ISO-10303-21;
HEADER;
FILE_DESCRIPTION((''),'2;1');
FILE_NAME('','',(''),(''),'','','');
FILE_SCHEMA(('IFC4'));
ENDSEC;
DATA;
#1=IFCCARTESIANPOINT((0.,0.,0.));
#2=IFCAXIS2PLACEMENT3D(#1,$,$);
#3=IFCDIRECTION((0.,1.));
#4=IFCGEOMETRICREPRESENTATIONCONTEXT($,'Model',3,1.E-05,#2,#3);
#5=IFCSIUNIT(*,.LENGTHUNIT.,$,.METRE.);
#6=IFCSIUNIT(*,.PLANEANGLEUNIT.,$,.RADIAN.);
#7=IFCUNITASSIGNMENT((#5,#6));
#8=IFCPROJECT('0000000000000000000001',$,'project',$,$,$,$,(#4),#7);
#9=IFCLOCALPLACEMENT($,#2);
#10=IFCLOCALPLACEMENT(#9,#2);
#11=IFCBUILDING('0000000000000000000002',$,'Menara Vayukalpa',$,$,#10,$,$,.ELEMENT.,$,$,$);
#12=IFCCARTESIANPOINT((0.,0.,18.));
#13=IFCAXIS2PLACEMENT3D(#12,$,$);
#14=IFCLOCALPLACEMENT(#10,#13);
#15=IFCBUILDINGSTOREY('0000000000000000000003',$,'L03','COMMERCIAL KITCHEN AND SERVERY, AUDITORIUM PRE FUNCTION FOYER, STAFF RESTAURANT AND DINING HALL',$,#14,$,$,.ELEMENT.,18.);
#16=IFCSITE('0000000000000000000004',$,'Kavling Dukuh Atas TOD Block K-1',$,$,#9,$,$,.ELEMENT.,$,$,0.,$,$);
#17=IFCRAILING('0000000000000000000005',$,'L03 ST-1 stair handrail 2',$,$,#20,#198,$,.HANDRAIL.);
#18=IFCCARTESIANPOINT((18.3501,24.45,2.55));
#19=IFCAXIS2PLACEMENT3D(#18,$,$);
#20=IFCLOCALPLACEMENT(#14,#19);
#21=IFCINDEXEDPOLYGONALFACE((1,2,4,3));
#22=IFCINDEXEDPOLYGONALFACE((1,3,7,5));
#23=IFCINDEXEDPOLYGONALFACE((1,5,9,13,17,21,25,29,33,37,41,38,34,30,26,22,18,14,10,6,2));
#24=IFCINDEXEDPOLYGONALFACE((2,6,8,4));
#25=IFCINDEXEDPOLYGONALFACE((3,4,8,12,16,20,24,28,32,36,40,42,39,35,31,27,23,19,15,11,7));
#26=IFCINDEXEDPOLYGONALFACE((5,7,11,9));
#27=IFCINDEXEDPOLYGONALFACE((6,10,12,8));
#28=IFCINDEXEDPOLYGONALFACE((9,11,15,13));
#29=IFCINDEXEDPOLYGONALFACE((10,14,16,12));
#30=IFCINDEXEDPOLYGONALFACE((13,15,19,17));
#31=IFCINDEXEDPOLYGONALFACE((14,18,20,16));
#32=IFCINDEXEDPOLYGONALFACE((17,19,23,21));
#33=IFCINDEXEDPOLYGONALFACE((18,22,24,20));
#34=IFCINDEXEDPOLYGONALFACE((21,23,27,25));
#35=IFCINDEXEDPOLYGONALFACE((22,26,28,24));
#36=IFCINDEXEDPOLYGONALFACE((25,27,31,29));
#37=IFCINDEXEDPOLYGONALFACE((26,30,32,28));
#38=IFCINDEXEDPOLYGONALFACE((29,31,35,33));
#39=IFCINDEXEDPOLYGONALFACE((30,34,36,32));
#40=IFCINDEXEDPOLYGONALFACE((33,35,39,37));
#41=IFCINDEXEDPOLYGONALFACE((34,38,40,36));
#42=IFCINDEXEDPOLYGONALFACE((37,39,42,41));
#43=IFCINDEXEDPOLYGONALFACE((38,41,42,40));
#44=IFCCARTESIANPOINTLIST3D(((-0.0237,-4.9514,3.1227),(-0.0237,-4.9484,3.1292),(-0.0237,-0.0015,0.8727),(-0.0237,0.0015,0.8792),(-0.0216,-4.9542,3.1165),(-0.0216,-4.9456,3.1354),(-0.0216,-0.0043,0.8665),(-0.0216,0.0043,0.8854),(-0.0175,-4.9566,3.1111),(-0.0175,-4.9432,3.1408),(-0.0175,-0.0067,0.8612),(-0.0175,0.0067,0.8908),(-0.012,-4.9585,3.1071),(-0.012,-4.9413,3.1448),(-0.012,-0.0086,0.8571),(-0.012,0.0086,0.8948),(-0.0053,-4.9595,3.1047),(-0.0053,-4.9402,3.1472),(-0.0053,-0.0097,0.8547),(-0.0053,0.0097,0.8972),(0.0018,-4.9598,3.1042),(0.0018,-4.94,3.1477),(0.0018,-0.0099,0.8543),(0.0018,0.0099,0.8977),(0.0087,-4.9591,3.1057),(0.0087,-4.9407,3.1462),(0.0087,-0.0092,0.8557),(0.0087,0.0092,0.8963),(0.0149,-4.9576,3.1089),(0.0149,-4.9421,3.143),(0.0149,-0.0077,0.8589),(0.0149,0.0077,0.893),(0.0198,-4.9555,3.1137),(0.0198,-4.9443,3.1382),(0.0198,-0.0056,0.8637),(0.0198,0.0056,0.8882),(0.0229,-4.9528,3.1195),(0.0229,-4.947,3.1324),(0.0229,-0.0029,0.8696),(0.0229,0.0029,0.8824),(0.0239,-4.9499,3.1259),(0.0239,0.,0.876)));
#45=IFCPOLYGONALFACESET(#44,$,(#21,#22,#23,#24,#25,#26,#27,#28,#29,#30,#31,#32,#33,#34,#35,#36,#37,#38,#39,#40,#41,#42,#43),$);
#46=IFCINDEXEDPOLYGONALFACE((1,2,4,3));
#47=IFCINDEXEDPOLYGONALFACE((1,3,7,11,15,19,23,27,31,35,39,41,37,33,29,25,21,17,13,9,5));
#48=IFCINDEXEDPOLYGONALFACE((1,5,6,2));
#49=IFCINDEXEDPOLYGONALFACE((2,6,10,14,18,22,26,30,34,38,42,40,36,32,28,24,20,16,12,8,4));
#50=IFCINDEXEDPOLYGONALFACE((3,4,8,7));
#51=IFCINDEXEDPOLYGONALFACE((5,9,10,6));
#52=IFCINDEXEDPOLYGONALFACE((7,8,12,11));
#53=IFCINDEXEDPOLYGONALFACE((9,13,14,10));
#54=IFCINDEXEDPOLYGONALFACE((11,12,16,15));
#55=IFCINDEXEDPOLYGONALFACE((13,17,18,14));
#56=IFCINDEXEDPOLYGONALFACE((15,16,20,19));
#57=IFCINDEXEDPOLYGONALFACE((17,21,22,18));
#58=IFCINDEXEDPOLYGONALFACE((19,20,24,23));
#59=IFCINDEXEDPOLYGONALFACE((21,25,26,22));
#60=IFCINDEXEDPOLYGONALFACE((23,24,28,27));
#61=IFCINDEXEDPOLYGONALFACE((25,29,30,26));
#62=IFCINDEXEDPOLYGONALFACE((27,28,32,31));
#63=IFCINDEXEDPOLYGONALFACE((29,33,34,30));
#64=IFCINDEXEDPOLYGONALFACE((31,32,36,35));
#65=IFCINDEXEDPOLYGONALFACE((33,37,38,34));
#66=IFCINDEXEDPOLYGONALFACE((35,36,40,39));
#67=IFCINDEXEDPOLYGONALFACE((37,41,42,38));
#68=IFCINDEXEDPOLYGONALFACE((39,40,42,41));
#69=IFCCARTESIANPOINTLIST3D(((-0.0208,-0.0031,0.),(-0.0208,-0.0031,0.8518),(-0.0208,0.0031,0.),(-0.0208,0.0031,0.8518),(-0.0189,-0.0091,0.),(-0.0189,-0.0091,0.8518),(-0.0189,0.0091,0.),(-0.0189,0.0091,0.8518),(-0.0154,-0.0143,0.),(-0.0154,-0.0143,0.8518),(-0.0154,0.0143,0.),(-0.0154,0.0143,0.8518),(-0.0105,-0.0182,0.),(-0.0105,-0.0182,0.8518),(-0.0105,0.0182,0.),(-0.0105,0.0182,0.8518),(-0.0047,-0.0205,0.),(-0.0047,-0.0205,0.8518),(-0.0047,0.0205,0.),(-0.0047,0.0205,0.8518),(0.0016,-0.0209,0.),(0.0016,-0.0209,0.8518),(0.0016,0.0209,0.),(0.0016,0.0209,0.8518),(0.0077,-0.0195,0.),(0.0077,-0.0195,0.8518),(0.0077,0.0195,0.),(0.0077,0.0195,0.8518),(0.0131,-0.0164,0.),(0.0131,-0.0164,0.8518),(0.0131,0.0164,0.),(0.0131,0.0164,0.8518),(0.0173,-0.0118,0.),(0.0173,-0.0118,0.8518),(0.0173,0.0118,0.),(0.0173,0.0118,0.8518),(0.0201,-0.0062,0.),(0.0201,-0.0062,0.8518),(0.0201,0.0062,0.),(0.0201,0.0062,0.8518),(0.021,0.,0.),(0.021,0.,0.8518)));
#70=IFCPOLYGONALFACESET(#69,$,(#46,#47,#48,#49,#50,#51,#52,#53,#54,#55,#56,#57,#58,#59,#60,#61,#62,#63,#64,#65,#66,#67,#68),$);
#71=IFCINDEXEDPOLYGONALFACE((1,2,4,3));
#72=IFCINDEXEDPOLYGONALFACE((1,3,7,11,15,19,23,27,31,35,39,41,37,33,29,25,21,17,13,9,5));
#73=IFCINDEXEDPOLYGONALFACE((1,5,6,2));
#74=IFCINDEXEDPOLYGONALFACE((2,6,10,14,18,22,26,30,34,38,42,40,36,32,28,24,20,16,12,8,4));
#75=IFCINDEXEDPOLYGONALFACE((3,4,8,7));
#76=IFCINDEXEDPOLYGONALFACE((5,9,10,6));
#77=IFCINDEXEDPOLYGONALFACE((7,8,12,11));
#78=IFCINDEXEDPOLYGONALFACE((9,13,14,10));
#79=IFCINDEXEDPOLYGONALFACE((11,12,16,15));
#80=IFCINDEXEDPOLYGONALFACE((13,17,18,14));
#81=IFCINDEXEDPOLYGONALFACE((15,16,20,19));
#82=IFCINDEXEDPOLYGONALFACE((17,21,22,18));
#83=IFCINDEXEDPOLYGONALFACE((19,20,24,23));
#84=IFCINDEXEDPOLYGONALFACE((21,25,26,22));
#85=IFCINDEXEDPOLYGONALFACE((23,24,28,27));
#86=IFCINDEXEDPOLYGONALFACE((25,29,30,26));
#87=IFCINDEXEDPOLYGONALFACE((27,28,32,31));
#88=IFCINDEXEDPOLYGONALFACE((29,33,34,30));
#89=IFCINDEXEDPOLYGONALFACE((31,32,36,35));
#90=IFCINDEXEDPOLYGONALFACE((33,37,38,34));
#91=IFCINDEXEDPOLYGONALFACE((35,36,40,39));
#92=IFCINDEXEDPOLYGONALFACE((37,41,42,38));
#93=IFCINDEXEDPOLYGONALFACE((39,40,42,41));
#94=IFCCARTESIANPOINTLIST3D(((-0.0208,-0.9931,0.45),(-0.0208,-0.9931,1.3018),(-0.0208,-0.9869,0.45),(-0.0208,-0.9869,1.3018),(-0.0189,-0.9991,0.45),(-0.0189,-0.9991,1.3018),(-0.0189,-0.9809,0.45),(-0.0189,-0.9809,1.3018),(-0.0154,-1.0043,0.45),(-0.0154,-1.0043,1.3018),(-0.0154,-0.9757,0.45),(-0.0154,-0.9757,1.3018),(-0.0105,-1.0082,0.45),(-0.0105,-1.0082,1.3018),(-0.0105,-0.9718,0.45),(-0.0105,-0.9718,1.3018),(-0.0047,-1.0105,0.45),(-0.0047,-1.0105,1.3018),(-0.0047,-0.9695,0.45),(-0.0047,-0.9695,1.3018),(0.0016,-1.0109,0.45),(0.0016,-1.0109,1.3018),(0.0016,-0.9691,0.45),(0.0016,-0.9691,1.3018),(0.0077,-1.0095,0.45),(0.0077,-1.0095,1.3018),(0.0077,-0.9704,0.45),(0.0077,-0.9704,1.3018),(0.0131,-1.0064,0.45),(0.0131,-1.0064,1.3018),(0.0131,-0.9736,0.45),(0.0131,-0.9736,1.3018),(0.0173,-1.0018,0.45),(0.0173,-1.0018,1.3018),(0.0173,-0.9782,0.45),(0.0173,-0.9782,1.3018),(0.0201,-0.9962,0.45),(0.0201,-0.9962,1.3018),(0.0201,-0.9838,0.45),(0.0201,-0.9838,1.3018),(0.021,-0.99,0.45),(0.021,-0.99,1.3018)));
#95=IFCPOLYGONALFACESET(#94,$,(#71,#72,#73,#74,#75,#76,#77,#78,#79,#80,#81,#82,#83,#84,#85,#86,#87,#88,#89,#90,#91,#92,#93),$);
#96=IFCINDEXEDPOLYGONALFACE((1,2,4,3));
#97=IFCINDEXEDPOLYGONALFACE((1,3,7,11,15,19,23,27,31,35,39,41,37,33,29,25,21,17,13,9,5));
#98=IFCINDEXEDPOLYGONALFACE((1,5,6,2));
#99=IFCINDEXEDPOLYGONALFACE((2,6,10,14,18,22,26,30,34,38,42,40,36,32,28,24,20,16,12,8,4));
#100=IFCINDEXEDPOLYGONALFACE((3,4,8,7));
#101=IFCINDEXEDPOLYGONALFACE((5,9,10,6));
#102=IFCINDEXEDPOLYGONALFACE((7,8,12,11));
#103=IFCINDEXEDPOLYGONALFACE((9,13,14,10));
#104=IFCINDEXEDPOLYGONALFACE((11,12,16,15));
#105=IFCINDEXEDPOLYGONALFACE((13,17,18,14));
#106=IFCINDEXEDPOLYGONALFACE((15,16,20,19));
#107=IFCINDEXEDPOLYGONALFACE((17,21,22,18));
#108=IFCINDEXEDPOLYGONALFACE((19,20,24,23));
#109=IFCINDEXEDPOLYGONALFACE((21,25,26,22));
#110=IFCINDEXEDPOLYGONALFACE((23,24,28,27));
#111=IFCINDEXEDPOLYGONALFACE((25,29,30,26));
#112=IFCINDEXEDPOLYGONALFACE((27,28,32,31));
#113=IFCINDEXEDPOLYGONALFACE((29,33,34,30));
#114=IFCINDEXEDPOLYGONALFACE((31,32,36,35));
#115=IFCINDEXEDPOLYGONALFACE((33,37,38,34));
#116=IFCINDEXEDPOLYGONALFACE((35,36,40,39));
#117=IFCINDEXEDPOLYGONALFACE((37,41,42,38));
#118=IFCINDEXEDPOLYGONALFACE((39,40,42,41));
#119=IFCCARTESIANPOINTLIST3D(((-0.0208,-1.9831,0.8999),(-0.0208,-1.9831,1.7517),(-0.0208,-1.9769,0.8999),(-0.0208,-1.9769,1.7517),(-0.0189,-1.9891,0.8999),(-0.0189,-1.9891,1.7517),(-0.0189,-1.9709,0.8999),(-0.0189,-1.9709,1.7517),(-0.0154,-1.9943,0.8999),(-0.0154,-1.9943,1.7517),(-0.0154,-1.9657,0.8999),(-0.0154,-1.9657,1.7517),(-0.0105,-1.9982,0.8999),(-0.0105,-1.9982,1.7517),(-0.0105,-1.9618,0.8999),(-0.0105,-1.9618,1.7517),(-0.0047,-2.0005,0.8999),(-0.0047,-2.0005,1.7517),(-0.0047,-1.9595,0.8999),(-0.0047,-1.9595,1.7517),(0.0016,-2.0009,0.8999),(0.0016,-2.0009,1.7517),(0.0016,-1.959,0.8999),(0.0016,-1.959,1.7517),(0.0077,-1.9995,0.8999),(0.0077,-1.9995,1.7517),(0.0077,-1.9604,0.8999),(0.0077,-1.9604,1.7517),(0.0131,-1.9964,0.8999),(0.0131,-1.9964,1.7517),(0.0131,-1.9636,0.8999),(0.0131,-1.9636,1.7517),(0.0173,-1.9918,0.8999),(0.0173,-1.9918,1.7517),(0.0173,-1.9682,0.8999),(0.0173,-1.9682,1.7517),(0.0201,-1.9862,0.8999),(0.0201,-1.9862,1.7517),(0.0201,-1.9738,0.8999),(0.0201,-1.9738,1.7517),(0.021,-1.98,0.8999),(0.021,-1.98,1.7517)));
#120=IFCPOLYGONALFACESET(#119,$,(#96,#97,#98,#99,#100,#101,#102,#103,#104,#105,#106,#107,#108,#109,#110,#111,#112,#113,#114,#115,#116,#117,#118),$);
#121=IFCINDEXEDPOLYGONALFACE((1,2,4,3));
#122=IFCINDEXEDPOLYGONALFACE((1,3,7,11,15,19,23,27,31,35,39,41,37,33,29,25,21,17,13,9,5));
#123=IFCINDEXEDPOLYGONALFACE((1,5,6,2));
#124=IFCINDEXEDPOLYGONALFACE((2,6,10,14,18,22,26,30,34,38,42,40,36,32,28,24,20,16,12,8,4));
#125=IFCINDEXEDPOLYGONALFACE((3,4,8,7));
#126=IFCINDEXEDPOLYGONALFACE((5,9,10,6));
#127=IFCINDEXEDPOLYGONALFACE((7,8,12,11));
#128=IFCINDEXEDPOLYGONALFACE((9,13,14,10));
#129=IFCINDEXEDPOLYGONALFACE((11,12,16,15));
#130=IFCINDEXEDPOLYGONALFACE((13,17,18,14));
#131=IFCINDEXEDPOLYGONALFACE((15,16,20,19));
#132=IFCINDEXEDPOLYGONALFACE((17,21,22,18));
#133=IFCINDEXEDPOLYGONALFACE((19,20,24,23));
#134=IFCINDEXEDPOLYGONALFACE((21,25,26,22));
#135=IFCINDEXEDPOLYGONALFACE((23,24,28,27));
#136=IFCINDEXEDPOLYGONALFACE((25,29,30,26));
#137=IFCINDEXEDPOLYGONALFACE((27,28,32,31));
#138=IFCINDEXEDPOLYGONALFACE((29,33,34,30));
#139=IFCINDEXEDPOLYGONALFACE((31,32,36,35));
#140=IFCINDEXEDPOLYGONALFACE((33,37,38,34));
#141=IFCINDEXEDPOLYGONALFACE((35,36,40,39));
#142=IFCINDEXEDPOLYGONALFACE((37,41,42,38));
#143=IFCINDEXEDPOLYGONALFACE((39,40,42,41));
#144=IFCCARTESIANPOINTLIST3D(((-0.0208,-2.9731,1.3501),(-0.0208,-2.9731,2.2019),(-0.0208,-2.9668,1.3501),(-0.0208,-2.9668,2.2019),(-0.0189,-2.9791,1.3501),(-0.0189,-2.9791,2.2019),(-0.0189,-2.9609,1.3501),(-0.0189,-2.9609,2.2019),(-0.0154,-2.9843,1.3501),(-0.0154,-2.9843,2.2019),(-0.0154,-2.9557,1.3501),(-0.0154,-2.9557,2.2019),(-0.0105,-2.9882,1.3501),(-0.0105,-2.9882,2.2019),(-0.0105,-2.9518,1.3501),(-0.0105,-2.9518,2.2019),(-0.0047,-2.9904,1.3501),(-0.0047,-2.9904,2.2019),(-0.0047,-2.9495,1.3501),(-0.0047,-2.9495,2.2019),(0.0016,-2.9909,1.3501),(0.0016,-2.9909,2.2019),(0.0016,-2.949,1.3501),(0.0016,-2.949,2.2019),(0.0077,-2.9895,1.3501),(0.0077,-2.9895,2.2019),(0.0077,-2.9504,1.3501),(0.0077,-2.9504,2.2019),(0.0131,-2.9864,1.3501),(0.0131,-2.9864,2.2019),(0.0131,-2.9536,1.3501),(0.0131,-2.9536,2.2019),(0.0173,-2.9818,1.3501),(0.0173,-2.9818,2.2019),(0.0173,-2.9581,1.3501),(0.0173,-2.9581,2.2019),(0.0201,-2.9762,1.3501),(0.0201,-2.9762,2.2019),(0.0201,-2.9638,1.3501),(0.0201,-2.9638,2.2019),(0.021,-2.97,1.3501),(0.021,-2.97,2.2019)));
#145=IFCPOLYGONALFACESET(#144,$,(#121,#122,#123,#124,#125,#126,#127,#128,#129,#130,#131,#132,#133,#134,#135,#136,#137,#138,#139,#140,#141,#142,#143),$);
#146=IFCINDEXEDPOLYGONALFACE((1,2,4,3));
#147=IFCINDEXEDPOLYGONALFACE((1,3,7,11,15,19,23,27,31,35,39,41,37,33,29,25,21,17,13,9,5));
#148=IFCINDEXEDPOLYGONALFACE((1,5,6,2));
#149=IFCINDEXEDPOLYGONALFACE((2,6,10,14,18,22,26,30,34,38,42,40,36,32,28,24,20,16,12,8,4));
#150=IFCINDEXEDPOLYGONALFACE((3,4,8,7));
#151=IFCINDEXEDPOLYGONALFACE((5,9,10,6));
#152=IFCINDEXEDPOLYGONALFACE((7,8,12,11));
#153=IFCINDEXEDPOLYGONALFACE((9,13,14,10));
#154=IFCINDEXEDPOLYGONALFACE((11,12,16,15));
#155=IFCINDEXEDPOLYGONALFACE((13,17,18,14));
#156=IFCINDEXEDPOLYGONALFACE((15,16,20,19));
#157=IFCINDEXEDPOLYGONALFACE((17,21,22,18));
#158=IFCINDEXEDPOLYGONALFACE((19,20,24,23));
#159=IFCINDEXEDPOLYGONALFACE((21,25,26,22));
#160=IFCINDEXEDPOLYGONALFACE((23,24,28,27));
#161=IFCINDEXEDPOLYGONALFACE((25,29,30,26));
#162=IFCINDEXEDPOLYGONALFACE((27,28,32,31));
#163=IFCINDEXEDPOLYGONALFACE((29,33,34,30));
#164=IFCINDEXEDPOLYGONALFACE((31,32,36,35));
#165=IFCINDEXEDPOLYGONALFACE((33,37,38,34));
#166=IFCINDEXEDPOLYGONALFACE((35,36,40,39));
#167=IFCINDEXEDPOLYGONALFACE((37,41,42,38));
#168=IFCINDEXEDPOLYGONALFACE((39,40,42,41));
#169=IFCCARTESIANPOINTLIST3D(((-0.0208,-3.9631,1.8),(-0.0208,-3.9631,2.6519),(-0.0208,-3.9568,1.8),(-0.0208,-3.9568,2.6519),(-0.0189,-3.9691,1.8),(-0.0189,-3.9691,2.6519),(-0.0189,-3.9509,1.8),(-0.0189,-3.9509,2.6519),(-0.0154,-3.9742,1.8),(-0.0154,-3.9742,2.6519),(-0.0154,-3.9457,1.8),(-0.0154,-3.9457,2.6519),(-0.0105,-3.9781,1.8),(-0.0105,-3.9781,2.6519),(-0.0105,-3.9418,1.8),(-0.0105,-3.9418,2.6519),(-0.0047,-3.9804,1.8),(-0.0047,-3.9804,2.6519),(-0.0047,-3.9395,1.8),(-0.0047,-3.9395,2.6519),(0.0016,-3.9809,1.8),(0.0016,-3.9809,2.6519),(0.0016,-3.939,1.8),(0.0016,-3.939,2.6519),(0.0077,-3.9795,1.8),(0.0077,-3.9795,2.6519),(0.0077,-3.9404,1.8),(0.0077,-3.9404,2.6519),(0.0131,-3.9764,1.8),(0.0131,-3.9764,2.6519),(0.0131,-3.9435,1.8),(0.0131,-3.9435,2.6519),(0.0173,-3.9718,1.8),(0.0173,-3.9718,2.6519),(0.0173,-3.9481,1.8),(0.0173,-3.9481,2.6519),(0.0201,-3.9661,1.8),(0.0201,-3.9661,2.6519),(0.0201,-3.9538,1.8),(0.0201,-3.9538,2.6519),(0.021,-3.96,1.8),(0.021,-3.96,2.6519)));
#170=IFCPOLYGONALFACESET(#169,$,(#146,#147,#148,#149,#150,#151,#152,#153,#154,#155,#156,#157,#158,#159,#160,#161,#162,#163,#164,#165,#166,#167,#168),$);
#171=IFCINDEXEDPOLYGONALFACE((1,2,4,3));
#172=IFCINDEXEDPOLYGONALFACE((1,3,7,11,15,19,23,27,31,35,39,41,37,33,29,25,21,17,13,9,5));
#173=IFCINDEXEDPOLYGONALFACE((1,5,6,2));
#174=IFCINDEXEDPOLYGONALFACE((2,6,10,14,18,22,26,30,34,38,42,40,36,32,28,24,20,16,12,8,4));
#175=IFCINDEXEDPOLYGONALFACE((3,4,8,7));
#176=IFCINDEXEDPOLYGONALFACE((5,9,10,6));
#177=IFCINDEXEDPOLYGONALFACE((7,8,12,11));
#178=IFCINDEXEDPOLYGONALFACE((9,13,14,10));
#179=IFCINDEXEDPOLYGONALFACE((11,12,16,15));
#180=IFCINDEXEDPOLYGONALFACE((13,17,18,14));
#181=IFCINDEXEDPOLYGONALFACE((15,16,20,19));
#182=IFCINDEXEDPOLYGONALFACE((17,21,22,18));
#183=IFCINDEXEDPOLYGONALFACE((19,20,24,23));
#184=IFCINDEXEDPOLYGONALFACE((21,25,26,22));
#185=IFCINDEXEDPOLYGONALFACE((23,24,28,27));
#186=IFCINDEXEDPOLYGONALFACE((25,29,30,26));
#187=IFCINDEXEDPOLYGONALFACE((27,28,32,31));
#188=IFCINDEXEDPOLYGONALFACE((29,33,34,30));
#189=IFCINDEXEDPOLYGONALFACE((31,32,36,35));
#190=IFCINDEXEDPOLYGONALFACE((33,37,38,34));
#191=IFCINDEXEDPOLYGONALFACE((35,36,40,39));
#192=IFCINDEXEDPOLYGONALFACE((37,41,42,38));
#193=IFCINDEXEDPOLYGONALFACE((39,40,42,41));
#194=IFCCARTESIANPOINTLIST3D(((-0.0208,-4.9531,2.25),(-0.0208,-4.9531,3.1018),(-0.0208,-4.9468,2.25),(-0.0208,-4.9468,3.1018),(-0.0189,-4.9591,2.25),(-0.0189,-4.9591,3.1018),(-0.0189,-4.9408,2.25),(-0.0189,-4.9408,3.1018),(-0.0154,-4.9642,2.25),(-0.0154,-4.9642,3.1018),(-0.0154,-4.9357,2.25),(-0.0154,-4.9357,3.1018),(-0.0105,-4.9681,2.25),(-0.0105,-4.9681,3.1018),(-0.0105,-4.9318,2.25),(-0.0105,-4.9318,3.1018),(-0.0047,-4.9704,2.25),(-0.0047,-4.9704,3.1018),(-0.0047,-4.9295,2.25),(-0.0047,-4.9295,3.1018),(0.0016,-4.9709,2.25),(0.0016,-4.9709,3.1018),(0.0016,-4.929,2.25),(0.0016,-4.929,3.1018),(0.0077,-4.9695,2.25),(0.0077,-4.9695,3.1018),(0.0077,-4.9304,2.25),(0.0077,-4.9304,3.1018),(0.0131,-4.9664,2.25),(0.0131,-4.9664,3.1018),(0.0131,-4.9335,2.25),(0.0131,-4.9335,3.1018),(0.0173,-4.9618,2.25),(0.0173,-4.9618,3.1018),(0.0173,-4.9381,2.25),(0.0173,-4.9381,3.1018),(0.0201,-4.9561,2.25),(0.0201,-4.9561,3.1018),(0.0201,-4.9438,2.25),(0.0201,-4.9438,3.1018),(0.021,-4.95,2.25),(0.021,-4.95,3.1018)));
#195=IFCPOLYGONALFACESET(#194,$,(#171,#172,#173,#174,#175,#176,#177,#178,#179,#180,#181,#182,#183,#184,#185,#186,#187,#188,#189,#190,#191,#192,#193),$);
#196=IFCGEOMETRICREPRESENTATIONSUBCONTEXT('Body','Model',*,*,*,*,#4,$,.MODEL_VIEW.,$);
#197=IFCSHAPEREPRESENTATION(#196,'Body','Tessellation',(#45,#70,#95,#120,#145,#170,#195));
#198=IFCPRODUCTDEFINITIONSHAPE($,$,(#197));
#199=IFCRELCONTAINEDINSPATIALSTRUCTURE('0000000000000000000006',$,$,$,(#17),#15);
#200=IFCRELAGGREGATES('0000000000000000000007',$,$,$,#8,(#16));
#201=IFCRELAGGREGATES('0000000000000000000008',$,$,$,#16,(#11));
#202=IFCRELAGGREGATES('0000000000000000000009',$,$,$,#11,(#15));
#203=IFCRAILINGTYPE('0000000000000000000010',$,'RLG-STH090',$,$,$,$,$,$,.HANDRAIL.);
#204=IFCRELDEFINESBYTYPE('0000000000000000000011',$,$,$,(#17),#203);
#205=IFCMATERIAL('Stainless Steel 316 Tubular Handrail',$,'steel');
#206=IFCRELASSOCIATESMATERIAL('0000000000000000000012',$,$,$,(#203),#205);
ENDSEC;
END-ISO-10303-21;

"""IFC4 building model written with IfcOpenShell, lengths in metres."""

from ifc_helpers import new_model, si_unit, direction, frame, origin, origin_2d, place, context, subcontext, project, spatial, circle, extrude, material, type_object, element, save


model = new_model("IFC4")

# Units and contexts
model_context = context("Model", 3, precision=1e-05, world=origin(), true_north=direction((0.0, 1.0)))
body_context = subcontext(model_context, "Body", "Model", "MODEL_VIEW")
ifc_project = project(units=[si_unit("LENGTHUNIT", "METRE"), si_unit("PLANEANGLEUNIT", "RADIAN")], contexts=[model_context])

# Site, building, storey
site_placement = place(None, origin())
site = spatial("IfcSite", under=ifc_project, at=site_placement, Name="Kavling Dukuh Atas TOD Block K-1", CompositionType="ELEMENT", RefElevation=0.0)
building_placement = place(site_placement, origin())
building = spatial("IfcBuilding", under=site, at=building_placement, Name="Menara Vayukalpa", CompositionType="ELEMENT")
storey_placement = place(building_placement, frame((0.0, 0.0, 18.0)))
storey = spatial("IfcBuildingStorey", under=building, at=storey_placement, Name="L03", Description="COMMERCIAL KITCHEN AND SERVERY, AUDITORIUM PRE FUNCTION FOYER, STAFF RESTAURANT AND DINING HALL", CompositionType="ELEMENT", Elevation=18.0)

# Railing
ifc_material_1 = material(Name="Stainless Steel 316 Tubular Handrail", Category="steel")
railing_type_1 = type_object("IfcRailingType", Name="RLG-STH090", PredefinedType="HANDRAIL", material=ifc_material_1)
railing_1_placement = place(storey_placement, frame((18.3501, 24.45, 2.55)))
element("IfcRailing", 1, at=railing_1_placement, inside=storey, type_object=railing_type_1, Name="L03 ST-1 stair handrail 2", PredefinedType="HANDRAIL", context=body_context, shape_type="SweptSolid", body=[
    extrude(circle(Radius=0.0239, at=origin_2d()), frame((0.0, 0.0, 0.876), z_axis=(0.0, -0.910365, 0.413806), x_axis=(1.0, 0.0, 0.0)), (0.0, 0.0, 1.0), 5.4373),
    extrude(circle(Radius=0.021, at=origin_2d()), origin(), (0.0, 0.0, 1.0), 0.8518),
    extrude(circle(Radius=0.021, at=origin_2d()), frame((0.0, -0.99, 0.45)), (0.0, 0.0, 1.0), 0.8518),
    extrude(circle(Radius=0.021, at=origin_2d()), frame((0.0, -1.98, 0.8999)), (0.0, 0.0, 1.0), 0.8518),
    extrude(circle(Radius=0.021, at=origin_2d()), frame((0.0, -2.97, 1.3501)), (0.0, 0.0, 1.0), 0.8518),
    extrude(circle(Radius=0.021, at=origin_2d()), frame((0.0, -3.96, 1.8)), (0.0, 0.0, 1.0), 0.8518),
    extrude(circle(Radius=0.021, at=origin_2d()), frame((0.0, -4.95, 2.25)), (0.0, 0.0, 1.0), 0.8518),
])

save(model, "model.ifc")
